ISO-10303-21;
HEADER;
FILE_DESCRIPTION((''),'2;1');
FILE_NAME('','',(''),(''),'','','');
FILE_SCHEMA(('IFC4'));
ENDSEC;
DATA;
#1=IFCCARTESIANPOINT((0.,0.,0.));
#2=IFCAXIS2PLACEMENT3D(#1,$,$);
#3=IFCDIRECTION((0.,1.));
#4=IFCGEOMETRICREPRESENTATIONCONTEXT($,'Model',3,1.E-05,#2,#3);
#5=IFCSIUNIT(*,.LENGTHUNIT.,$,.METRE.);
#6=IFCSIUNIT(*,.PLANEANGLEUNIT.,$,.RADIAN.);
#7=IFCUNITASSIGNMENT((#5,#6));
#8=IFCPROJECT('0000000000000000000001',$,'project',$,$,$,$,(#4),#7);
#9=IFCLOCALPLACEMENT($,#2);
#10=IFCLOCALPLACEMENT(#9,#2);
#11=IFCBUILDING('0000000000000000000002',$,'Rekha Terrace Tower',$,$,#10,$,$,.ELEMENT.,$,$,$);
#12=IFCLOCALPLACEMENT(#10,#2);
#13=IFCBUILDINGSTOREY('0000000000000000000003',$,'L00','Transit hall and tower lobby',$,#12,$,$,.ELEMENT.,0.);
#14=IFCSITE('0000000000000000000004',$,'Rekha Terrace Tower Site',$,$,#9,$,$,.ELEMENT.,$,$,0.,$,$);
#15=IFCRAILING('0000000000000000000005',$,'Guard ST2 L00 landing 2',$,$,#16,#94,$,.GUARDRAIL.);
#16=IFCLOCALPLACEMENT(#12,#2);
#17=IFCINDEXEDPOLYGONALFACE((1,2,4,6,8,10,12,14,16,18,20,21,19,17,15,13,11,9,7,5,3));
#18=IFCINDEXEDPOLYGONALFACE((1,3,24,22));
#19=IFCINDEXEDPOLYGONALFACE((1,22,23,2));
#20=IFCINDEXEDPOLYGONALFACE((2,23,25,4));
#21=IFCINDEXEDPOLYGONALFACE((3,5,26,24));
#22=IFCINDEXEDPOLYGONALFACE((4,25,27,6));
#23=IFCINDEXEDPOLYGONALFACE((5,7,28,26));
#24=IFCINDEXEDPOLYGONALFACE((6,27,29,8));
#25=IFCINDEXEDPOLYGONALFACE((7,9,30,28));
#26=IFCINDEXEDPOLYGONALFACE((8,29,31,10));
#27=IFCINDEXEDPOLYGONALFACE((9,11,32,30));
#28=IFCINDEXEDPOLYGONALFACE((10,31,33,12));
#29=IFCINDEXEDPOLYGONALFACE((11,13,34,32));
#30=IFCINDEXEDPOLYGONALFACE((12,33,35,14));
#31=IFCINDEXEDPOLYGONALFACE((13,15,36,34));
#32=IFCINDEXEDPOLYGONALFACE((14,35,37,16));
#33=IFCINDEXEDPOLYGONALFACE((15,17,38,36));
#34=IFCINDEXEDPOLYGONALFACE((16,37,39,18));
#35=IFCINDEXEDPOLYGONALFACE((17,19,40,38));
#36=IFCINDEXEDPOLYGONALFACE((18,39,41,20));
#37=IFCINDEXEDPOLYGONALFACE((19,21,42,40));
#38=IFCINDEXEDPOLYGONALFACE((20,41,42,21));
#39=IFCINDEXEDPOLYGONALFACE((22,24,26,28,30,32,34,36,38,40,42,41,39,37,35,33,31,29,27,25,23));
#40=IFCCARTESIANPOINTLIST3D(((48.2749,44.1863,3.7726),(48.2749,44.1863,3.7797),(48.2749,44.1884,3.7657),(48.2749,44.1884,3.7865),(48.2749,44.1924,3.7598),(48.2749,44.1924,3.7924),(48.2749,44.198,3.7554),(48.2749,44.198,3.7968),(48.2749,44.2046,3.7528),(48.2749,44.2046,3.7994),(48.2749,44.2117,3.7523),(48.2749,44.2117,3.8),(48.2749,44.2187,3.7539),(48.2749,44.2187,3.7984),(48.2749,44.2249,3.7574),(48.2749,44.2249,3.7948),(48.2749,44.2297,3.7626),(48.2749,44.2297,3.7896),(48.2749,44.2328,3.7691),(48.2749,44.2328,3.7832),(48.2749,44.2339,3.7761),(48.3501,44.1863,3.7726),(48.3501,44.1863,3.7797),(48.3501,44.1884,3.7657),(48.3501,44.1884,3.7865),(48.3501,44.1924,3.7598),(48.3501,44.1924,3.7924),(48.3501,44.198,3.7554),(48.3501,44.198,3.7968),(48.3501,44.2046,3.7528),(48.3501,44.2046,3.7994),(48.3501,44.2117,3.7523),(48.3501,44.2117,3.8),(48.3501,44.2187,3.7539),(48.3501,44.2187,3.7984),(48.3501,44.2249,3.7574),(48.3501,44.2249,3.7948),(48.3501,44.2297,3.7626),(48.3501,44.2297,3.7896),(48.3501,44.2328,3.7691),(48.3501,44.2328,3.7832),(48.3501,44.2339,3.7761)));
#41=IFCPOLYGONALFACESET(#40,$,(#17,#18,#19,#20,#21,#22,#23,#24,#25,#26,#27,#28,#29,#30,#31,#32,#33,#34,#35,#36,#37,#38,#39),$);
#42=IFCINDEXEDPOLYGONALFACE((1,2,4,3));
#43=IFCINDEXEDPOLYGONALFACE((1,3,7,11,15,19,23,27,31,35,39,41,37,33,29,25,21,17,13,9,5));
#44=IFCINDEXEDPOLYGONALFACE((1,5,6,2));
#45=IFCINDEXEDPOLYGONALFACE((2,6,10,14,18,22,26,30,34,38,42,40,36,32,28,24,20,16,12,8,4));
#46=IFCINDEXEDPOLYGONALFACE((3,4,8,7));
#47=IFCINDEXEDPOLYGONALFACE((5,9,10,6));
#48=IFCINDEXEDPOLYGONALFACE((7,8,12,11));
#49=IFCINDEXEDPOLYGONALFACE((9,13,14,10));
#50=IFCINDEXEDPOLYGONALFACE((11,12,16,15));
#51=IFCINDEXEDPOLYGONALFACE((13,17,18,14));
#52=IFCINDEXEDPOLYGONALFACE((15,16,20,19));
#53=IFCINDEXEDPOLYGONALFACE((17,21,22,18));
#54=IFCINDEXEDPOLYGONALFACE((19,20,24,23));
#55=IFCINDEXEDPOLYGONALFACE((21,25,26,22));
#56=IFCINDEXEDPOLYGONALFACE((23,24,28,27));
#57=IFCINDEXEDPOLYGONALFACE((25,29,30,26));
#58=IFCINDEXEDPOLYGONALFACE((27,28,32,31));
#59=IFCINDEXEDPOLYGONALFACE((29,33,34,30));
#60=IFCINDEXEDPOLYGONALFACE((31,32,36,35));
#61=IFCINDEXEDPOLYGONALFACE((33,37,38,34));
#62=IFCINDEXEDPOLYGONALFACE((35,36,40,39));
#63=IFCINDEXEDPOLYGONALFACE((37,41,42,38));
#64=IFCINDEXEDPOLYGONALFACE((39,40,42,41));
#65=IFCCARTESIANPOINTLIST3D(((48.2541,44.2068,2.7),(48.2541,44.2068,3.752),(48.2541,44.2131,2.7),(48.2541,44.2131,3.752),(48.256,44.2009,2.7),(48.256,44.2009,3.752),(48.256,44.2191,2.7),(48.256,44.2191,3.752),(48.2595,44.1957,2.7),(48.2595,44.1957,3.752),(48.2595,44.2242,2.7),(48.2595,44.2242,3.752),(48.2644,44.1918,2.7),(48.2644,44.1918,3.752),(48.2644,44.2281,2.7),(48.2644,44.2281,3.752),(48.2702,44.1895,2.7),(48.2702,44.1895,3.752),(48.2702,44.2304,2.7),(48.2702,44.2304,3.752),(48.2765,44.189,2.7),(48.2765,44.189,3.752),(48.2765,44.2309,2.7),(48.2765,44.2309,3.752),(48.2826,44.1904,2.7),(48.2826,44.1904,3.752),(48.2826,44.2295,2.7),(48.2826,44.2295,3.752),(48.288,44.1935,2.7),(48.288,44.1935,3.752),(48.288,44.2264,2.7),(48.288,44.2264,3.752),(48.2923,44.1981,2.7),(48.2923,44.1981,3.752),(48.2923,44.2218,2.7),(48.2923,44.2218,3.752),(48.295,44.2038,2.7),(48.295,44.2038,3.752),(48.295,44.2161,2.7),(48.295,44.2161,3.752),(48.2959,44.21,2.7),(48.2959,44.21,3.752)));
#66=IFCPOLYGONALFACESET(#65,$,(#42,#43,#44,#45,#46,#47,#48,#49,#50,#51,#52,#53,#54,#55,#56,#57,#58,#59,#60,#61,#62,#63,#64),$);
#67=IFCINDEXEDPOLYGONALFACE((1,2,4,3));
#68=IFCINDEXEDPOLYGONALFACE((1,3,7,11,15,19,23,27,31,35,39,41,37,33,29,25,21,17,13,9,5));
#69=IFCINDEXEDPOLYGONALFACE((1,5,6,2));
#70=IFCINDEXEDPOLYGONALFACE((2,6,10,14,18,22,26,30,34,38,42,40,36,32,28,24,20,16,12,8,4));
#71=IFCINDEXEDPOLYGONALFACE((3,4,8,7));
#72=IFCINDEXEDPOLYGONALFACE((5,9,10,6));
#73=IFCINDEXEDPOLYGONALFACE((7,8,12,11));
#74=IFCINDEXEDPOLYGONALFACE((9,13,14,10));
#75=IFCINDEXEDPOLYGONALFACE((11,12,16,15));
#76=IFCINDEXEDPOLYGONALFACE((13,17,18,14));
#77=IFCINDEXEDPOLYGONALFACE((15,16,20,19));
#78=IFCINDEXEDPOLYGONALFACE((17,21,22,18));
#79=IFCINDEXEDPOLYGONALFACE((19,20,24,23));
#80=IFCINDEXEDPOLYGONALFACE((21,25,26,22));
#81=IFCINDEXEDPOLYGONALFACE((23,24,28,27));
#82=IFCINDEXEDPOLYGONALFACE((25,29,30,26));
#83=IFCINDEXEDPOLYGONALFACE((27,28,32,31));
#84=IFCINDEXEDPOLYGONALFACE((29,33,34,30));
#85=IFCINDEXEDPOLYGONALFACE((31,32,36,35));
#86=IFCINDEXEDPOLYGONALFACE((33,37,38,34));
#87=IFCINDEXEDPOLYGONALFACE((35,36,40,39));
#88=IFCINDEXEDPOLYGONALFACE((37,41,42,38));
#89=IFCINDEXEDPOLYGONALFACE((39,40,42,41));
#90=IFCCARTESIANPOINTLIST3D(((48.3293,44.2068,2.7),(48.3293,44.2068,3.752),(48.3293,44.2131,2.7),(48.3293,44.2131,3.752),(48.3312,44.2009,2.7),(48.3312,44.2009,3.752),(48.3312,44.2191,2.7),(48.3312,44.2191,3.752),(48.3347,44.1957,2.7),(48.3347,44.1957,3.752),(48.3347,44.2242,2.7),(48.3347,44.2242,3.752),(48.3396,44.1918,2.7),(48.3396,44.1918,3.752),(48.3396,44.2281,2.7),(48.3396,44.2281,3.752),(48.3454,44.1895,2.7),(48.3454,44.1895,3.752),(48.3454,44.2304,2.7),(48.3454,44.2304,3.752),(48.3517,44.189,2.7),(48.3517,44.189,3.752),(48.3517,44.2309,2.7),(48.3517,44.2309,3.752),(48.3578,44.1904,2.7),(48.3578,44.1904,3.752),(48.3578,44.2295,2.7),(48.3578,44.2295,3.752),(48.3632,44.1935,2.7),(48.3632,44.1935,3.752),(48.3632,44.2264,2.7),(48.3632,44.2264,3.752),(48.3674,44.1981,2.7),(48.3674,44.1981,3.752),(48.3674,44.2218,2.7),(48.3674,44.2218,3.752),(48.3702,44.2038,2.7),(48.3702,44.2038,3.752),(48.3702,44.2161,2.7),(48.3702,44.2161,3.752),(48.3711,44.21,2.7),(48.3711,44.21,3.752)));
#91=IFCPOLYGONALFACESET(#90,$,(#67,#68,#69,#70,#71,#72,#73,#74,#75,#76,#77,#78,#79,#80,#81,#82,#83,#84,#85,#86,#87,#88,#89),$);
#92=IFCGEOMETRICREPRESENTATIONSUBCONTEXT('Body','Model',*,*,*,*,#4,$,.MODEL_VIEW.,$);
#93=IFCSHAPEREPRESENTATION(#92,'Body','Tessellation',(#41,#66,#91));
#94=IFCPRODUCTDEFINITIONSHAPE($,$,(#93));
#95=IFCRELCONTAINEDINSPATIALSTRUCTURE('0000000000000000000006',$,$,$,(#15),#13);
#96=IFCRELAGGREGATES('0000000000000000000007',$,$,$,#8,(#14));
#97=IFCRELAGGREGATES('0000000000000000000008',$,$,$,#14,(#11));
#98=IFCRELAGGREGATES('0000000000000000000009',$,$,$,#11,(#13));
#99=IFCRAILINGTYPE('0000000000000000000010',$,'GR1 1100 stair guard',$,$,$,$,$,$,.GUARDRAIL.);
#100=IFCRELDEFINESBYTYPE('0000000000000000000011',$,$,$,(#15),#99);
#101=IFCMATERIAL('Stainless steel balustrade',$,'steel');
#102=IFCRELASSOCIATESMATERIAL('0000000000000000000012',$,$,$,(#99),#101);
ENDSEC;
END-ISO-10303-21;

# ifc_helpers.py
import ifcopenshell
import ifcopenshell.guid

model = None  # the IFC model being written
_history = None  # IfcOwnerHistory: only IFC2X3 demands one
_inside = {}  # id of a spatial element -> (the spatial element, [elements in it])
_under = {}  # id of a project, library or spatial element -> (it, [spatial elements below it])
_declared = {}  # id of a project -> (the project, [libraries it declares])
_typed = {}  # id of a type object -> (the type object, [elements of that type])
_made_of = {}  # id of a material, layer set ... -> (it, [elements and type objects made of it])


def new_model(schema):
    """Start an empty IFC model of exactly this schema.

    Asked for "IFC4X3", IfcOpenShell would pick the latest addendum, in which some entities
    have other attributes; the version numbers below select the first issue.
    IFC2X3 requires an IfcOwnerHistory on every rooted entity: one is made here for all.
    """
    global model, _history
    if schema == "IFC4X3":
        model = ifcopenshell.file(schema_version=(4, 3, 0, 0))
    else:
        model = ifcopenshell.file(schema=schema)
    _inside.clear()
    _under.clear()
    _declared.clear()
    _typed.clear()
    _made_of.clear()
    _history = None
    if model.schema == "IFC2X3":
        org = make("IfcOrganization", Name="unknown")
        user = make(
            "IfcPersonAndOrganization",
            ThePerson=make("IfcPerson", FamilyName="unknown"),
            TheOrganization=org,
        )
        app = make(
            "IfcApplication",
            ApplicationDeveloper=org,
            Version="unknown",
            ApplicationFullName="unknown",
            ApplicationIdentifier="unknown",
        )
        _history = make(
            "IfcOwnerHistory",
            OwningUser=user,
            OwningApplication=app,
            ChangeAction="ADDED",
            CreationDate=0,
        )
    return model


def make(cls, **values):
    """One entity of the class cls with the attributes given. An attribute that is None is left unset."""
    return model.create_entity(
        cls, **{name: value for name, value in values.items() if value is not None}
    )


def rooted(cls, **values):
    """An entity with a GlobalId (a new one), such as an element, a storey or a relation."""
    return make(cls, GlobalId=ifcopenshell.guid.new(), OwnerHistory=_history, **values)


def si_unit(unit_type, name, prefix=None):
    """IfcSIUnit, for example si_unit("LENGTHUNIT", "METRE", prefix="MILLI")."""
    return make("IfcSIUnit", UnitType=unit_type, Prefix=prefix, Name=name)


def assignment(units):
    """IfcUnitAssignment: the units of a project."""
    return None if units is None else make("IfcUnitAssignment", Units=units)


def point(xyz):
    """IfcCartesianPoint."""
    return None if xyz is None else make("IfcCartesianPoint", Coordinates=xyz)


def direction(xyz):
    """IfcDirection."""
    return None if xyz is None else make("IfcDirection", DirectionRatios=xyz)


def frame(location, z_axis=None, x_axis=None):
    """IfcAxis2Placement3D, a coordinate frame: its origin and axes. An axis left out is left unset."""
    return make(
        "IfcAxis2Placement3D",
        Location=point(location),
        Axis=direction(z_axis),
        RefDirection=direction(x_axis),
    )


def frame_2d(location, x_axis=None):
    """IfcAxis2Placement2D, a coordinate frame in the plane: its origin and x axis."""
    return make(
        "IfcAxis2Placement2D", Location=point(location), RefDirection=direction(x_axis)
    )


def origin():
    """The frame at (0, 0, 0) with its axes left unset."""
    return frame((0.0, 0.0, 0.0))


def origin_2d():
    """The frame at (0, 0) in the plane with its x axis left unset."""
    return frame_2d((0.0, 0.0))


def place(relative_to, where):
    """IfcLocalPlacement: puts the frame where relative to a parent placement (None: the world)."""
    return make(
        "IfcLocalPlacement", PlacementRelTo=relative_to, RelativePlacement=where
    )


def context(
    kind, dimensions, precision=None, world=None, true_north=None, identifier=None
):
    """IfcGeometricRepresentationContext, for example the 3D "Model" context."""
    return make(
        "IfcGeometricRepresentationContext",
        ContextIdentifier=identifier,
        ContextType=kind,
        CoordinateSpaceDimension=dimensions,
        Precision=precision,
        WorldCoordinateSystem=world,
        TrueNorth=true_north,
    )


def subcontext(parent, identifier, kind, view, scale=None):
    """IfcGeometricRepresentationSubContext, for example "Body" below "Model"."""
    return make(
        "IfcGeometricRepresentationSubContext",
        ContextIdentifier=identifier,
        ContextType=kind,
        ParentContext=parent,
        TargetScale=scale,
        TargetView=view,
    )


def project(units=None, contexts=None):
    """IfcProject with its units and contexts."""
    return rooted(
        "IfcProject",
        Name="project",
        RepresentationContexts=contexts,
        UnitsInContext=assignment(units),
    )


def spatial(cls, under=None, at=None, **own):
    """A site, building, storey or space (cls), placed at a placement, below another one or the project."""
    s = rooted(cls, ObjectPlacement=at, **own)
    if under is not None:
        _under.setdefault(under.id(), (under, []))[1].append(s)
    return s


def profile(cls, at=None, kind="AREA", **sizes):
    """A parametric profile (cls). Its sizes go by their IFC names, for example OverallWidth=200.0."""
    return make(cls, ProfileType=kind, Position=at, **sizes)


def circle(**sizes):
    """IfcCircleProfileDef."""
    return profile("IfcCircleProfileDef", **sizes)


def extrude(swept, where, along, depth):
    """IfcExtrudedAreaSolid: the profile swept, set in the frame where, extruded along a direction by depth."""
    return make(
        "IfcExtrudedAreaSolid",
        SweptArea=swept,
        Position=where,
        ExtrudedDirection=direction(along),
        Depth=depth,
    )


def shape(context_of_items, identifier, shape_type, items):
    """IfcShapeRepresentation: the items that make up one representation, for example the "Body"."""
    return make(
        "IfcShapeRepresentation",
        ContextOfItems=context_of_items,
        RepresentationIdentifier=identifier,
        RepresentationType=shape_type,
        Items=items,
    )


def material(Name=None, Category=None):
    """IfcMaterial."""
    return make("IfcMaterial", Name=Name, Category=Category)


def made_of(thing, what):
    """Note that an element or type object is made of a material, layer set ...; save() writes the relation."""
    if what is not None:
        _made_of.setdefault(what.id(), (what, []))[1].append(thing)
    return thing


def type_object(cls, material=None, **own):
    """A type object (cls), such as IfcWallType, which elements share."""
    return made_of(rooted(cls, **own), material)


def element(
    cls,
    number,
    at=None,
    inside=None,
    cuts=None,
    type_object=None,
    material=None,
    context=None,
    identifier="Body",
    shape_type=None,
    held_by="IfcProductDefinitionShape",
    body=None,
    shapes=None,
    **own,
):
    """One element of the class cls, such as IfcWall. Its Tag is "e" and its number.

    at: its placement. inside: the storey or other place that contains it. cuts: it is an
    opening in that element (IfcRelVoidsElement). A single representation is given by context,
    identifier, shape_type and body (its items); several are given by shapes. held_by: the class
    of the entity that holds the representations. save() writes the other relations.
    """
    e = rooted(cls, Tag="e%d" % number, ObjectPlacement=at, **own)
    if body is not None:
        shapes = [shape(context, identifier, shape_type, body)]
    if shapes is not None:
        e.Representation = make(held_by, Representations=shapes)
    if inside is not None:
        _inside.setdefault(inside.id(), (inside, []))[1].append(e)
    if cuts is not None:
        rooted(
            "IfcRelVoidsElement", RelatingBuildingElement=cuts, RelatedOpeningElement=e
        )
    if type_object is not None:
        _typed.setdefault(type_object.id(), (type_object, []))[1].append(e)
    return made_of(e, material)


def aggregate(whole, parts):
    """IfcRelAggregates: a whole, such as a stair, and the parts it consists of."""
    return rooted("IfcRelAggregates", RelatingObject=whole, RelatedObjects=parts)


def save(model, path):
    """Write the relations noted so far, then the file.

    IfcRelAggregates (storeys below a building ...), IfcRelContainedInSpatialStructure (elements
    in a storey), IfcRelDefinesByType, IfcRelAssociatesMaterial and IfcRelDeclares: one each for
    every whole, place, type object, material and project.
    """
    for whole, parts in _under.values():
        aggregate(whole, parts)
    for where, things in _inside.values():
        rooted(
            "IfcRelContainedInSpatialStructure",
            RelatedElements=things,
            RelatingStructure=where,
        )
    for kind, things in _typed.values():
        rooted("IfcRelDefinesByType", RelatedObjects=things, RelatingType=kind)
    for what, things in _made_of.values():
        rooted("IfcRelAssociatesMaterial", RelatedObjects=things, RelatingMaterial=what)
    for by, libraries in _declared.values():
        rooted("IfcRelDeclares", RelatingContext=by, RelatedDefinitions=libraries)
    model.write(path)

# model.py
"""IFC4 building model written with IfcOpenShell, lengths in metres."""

from ifc_helpers import new_model, si_unit, direction, frame, origin, origin_2d, place, context, subcontext, project, spatial, circle, extrude, material, type_object, element, save


model = new_model("IFC4")

# Units and contexts
model_context = context("Model", 3, precision=1e-05, world=origin(), true_north=direction((0.0, 1.0)))
body_context = subcontext(model_context, "Body", "Model", "MODEL_VIEW")
ifc_project = project(units=[si_unit("LENGTHUNIT", "METRE"), si_unit("PLANEANGLEUNIT", "RADIAN")], contexts=[model_context])

# Site, building, storey
site_placement = place(None, origin())
site = spatial("IfcSite", under=ifc_project, at=site_placement, Name="Rekha Terrace Tower Site", CompositionType="ELEMENT", RefElevation=0.0)
building_placement = place(site_placement, origin())
building = spatial("IfcBuilding", under=site, at=building_placement, Name="Rekha Terrace Tower", CompositionType="ELEMENT")
storey_placement = place(building_placement, origin())
storey = spatial("IfcBuildingStorey", under=building, at=storey_placement, Name="L00", Description="Transit hall and tower lobby", CompositionType="ELEMENT", Elevation=0.0)

# Railing
ifc_material_1 = material(Name="Stainless steel balustrade", Category="steel")
railing_type_1 = type_object("IfcRailingType", Name="GR1 1100 stair guard", PredefinedType="GUARDRAIL", material=ifc_material_1)
railing_1_placement = place(storey_placement, frame((48.2749, 44.21, 2.7)))
element("IfcRailing", 1, at=railing_1_placement, inside=storey, type_object=railing_type_1, Name="Guard ST2 L00 landing 2", PredefinedType="GUARDRAIL", context=body_context, shape_type="SweptSolid", body=[
    extrude(circle(Radius=0.0239, at=origin_2d()), frame((0.0, 0.0, 1.0762), z_axis=(1.0, 0.0, 0.0), x_axis=(0.0, 1.0, 0.0)), (0.0, 0.0, 1.0), 0.0752),
    extrude(circle(Radius=0.021, at=origin_2d()), origin(), (0.0, 0.0, 1.0), 1.052),
    extrude(circle(Radius=0.021, at=origin_2d()), frame((0.0752, 0.0, 0.0)), (0.0, 0.0, 1.0), 1.052),
])

save(model, "model.ifc")
